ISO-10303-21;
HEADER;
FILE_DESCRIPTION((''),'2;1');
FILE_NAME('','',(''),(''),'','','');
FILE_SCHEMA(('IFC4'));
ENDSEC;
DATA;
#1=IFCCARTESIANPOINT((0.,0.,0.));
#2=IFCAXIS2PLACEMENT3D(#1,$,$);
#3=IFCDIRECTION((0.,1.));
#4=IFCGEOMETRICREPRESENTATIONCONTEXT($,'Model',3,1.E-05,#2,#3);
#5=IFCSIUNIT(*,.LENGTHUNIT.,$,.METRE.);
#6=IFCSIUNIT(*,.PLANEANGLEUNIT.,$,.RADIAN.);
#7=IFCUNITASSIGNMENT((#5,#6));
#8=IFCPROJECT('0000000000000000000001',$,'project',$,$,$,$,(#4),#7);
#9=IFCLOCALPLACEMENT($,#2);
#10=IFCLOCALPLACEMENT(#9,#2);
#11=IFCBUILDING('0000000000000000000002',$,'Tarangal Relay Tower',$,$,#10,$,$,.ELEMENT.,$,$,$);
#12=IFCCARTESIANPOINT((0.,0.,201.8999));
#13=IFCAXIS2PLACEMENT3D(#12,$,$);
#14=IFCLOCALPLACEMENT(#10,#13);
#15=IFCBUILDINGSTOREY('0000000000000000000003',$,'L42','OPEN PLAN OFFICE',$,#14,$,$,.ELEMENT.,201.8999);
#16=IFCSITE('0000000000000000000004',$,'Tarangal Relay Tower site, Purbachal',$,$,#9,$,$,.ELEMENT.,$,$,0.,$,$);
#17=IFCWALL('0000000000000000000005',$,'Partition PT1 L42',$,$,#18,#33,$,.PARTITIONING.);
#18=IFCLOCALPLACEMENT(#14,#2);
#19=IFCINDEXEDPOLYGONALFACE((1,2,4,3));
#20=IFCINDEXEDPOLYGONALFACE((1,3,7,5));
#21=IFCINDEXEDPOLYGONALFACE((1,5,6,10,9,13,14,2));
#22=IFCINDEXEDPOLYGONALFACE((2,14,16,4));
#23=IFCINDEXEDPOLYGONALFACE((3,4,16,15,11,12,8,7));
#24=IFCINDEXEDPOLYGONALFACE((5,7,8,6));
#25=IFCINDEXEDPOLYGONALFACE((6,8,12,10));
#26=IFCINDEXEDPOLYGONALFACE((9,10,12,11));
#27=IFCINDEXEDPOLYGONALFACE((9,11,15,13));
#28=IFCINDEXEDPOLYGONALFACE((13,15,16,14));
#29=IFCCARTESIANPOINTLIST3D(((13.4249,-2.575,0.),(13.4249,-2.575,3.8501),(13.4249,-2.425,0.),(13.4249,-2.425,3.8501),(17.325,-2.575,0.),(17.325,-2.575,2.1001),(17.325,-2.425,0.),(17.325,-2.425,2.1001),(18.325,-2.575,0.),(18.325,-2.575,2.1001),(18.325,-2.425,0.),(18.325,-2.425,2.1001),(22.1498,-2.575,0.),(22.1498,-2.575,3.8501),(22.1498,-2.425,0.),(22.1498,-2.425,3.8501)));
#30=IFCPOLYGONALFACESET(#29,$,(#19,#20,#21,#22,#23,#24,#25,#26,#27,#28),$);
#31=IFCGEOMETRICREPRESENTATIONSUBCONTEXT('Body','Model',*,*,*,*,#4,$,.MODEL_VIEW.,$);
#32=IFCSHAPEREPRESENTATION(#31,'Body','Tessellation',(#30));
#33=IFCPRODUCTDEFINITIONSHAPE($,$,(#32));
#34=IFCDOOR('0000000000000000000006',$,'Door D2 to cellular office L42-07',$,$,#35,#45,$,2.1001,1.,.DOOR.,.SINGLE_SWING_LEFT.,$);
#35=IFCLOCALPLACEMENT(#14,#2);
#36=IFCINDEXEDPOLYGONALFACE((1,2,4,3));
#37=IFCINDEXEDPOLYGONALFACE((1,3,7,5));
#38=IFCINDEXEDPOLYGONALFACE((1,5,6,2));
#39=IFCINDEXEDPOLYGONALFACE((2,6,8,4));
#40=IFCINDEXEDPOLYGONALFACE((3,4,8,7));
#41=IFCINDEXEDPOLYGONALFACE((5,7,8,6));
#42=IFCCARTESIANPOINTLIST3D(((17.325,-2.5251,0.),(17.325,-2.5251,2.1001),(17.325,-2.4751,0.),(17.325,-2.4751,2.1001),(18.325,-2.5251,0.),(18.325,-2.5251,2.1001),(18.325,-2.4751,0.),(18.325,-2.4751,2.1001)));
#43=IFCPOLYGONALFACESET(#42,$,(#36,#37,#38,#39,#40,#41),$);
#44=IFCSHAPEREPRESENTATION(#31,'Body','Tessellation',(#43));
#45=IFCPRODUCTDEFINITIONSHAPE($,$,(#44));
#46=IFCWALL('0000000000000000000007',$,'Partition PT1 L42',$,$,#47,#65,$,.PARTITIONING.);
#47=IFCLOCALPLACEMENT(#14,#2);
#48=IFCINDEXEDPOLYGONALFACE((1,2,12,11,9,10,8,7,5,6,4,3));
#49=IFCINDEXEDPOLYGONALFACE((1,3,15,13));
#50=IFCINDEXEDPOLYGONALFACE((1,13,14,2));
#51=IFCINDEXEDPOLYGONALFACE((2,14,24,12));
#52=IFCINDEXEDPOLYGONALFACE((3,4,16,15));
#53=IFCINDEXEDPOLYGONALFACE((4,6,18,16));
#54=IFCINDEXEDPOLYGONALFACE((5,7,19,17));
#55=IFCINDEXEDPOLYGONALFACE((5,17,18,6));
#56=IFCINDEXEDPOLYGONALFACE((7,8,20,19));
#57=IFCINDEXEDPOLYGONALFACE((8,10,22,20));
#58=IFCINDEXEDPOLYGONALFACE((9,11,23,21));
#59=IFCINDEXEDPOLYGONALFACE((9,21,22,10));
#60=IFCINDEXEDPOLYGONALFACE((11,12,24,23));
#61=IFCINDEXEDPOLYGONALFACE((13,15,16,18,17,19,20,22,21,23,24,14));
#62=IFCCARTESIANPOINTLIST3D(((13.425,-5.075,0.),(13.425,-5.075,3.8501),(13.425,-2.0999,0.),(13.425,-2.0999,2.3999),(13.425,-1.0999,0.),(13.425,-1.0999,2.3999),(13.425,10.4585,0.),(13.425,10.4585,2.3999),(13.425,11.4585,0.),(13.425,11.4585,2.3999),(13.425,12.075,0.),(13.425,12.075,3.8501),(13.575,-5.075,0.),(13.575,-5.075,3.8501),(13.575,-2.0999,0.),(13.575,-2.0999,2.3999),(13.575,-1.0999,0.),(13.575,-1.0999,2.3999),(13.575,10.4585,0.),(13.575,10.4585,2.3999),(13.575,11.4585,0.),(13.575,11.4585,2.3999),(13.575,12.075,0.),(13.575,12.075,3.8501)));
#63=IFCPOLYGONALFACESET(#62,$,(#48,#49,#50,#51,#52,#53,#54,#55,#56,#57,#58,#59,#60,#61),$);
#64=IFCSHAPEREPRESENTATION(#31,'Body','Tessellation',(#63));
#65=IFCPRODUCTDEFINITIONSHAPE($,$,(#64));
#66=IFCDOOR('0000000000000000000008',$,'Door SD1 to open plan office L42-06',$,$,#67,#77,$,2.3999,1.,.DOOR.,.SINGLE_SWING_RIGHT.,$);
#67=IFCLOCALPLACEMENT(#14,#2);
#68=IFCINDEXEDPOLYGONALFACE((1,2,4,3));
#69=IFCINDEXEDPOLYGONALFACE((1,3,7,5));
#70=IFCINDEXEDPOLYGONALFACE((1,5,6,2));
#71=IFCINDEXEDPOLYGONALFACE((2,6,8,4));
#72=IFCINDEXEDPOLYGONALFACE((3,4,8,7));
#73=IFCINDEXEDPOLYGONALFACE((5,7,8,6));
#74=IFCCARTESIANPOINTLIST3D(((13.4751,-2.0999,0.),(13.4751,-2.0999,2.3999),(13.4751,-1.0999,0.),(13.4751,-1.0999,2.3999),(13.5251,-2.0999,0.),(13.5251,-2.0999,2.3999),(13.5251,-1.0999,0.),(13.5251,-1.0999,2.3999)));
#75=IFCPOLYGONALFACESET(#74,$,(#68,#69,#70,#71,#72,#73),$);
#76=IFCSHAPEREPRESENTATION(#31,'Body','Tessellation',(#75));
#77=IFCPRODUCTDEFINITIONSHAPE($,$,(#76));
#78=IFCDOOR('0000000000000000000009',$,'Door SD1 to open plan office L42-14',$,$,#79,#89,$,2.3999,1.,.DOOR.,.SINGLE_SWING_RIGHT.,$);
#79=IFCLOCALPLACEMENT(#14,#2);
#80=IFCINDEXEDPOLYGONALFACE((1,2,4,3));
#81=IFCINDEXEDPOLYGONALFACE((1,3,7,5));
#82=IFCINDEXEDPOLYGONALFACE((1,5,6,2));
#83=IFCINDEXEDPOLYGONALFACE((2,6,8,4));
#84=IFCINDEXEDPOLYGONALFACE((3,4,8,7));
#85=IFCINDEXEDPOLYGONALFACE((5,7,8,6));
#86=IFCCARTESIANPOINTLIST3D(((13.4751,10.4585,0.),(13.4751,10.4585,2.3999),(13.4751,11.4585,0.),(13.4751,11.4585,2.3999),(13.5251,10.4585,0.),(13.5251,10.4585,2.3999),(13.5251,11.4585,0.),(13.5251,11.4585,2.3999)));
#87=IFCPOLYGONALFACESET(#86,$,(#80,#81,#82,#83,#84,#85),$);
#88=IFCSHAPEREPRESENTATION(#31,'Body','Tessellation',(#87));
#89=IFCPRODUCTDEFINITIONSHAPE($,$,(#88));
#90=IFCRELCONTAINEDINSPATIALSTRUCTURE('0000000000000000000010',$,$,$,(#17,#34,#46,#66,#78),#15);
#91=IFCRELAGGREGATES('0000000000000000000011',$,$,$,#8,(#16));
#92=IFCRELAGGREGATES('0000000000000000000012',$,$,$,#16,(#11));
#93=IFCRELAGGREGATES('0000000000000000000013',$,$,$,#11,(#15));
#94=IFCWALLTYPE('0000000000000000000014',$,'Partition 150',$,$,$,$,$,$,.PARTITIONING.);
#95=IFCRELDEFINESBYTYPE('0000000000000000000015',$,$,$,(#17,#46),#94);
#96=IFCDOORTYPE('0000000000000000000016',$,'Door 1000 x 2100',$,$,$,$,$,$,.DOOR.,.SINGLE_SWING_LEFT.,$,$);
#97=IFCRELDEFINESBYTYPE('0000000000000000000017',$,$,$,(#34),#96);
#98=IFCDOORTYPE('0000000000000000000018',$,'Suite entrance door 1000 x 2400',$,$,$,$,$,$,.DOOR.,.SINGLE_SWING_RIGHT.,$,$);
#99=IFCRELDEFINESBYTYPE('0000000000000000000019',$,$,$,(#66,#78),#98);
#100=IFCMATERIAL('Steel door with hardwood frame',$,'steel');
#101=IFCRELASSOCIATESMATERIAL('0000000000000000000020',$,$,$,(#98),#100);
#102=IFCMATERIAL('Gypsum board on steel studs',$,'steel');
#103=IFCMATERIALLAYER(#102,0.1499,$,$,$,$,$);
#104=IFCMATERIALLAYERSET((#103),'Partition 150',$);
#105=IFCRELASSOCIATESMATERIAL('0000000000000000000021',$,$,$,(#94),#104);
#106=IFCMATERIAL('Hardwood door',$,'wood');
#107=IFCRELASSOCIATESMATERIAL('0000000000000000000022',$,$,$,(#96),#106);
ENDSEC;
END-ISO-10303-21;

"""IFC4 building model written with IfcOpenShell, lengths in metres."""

from ifc_helpers import new_model, si_unit, direction, frame, frame_2d, origin, place, context, subcontext, project, spatial, rectangle, extrude, material, layer, layer_set, type_object, element, fill, save


model = new_model("IFC4")

# Units and contexts
model_context = context("Model", 3, precision=1e-05, world=origin(), true_north=direction((0.0, 1.0)))
body_context = subcontext(model_context, "Body", "Model", "MODEL_VIEW")
ifc_project = project(units=[si_unit("LENGTHUNIT", "METRE"), si_unit("PLANEANGLEUNIT", "RADIAN")], contexts=[model_context])

# Site, building, storey
site_placement = place(None, origin())
site = spatial("IfcSite", under=ifc_project, at=site_placement, Name="Tarangal Relay Tower site, Purbachal", CompositionType="ELEMENT", RefElevation=0.0)
building_placement = place(site_placement, origin())
building = spatial("IfcBuilding", under=site, at=building_placement, Name="Tarangal Relay Tower", CompositionType="ELEMENT")
storey_placement = place(building_placement, frame((0.0, 0.0, 201.8999)))
storey = spatial("IfcBuildingStorey", under=building, at=storey_placement, Name="L42", Description="OPEN PLAN OFFICE", CompositionType="ELEMENT", Elevation=201.8999)

# Shared definitions
ifc_material_1 = material(Name="Steel door with hardwood frame", Category="steel")
door_type_1 = type_object("IfcDoorType", Name="Suite entrance door 1000 x 2400", OperationType="SINGLE_SWING_RIGHT", PredefinedType="DOOR", material=ifc_material_1)

# Wall, opening, door
ifc_material_2 = material(Name="Gypsum board on steel studs", Category="steel")
ifc_layer_1 = layer(ifc_material_2, 0.1499)
ifc_layer_set_1 = layer_set([ifc_layer_1], Name="Partition 150")
wall_type_1 = type_object("IfcWallType", Name="Partition 150", PredefinedType="PARTITIONING", material=ifc_layer_set_1)
wall_1_placement = place(storey_placement, frame((13.425, -2.5, 0.0), z_axis=(0.0, 0.0, 1.0), x_axis=(1.0, 0.0, 0.0)))
wall_1 = element("IfcWall", 1, at=wall_1_placement, inside=storey, type_object=wall_type_1, Name="Partition PT1 L42", PredefinedType="PARTITIONING", context=body_context, shape_type="SweptSolid", body=[
    extrude(rectangle(XDim=8.7249, YDim=0.1499, at=frame_2d((4.3623, 0.0))), origin(), (0.0, 0.0, 1.0), 3.8501),
])
opening_1_placement = place(wall_1_placement, frame((3.8999, 0.0, 0.0)))
opening_1 = element("IfcOpeningElement", 2, at=opening_1_placement, cuts=wall_1, PredefinedType="OPENING", context=body_context, shape_type="SweptSolid", body=[
    extrude(rectangle(XDim=1.0, YDim=2.1001, at=frame_2d((0.5, 1.05))), frame((0.0, 0.085, 0.0), z_axis=(0.0, -1.0, 0.0), x_axis=(1.0, 0.0, 0.0)), (0.0, 0.0, 1.0), 0.1699),
])
ifc_material_3 = material(Name="Hardwood door", Category="wood")
door_type_2 = type_object("IfcDoorType", Name="Door 1000 x 2100", OperationType="SINGLE_SWING_LEFT", PredefinedType="DOOR", material=ifc_material_3)
door_1_placement = place(opening_1_placement, origin())
door_1 = element("IfcDoor", 3, at=door_1_placement, inside=storey, type_object=door_type_2, Name="Door D2 to cellular office L42-07", OperationType="SINGLE_SWING_LEFT", OverallHeight=2.1001, OverallWidth=1.0, PredefinedType="DOOR", context=body_context, shape_type="SweptSolid", body=[
    extrude(rectangle(XDim=1.0, YDim=2.1001, at=frame_2d((0.5, 1.05))), frame((0.0, 0.0249, 0.0), z_axis=(0.0, -1.0, 0.0), x_axis=(1.0, 0.0, 0.0)), (0.0, 0.0, 1.0), 0.05),
])
fill(opening_1, door_1)

# Wall, openings, doors
wall_2_placement = place(storey_placement, frame((13.5, -5.075, 0.0), z_axis=(0.0, 0.0, 1.0), x_axis=(0.0, 1.0, 0.0)))
wall_2 = element("IfcWall", 4, at=wall_2_placement, inside=storey, type_object=wall_type_1, Name="Partition PT1 L42", PredefinedType="PARTITIONING", context=body_context, shape_type="SweptSolid", body=[
    extrude(rectangle(XDim=17.1499, YDim=0.1499, at=frame_2d((8.575, 0.0))), origin(), (0.0, 0.0, 1.0), 3.8501),
])
opening_2_placement = place(wall_2_placement, frame((2.9751, 0.0, 0.0)))
opening_2 = element("IfcOpeningElement", 5, at=opening_2_placement, cuts=wall_2, PredefinedType="OPENING", context=body_context, shape_type="SweptSolid", body=[
    extrude(rectangle(XDim=1.0, YDim=2.3999, at=frame_2d((0.5, 1.2))), frame((0.0, 0.085, 0.0), z_axis=(0.0, -1.0, 0.0), x_axis=(1.0, 0.0, 0.0)), (0.0, 0.0, 1.0), 0.1699),
])
opening_3_placement = place(wall_2_placement, frame((15.5334, 0.0, 0.0)))
opening_3 = element("IfcOpeningElement", 6, at=opening_3_placement, cuts=wall_2, PredefinedType="OPENING", context=body_context, shape_type="SweptSolid", body=[
    extrude(rectangle(XDim=1.0, YDim=2.3999, at=frame_2d((0.5, 1.2))), frame((0.0, 0.085, 0.0), z_axis=(0.0, -1.0, 0.0), x_axis=(1.0, 0.0, 0.0)), (0.0, 0.0, 1.0), 0.1699),
])
door_2_placement = place(opening_2_placement, origin())
door_2 = element("IfcDoor", 7, at=door_2_placement, inside=storey, type_object=door_type_1, Name="Door SD1 to open plan office L42-06", OperationType="SINGLE_SWING_RIGHT", OverallHeight=2.3999, OverallWidth=1.0, PredefinedType="DOOR", context=body_context, shape_type="SweptSolid", body=[
    extrude(rectangle(XDim=1.0, YDim=2.3999, at=frame_2d((0.5, 1.2))), frame((0.0, 0.0249, 0.0), z_axis=(0.0, -1.0, 0.0), x_axis=(1.0, 0.0, 0.0)), (0.0, 0.0, 1.0), 0.05),
])
fill(opening_2, door_2)
door_3_placement = place(opening_3_placement, origin())
door_3 = element("IfcDoor", 8, at=door_3_placement, inside=storey, type_object=door_type_1, Name="Door SD1 to open plan office L42-14", OperationType="SINGLE_SWING_RIGHT", OverallHeight=2.3999, OverallWidth=1.0, PredefinedType="DOOR", context=body_context, shape_type="SweptSolid", body=[
    extrude(rectangle(XDim=1.0, YDim=2.3999, at=frame_2d((0.5, 1.2))), frame((0.0, 0.0249, 0.0), z_axis=(0.0, -1.0, 0.0), x_axis=(1.0, 0.0, 0.0)), (0.0, 0.0, 1.0), 0.05),
])
fill(opening_3, door_3)

save(model, "model.ifc")
